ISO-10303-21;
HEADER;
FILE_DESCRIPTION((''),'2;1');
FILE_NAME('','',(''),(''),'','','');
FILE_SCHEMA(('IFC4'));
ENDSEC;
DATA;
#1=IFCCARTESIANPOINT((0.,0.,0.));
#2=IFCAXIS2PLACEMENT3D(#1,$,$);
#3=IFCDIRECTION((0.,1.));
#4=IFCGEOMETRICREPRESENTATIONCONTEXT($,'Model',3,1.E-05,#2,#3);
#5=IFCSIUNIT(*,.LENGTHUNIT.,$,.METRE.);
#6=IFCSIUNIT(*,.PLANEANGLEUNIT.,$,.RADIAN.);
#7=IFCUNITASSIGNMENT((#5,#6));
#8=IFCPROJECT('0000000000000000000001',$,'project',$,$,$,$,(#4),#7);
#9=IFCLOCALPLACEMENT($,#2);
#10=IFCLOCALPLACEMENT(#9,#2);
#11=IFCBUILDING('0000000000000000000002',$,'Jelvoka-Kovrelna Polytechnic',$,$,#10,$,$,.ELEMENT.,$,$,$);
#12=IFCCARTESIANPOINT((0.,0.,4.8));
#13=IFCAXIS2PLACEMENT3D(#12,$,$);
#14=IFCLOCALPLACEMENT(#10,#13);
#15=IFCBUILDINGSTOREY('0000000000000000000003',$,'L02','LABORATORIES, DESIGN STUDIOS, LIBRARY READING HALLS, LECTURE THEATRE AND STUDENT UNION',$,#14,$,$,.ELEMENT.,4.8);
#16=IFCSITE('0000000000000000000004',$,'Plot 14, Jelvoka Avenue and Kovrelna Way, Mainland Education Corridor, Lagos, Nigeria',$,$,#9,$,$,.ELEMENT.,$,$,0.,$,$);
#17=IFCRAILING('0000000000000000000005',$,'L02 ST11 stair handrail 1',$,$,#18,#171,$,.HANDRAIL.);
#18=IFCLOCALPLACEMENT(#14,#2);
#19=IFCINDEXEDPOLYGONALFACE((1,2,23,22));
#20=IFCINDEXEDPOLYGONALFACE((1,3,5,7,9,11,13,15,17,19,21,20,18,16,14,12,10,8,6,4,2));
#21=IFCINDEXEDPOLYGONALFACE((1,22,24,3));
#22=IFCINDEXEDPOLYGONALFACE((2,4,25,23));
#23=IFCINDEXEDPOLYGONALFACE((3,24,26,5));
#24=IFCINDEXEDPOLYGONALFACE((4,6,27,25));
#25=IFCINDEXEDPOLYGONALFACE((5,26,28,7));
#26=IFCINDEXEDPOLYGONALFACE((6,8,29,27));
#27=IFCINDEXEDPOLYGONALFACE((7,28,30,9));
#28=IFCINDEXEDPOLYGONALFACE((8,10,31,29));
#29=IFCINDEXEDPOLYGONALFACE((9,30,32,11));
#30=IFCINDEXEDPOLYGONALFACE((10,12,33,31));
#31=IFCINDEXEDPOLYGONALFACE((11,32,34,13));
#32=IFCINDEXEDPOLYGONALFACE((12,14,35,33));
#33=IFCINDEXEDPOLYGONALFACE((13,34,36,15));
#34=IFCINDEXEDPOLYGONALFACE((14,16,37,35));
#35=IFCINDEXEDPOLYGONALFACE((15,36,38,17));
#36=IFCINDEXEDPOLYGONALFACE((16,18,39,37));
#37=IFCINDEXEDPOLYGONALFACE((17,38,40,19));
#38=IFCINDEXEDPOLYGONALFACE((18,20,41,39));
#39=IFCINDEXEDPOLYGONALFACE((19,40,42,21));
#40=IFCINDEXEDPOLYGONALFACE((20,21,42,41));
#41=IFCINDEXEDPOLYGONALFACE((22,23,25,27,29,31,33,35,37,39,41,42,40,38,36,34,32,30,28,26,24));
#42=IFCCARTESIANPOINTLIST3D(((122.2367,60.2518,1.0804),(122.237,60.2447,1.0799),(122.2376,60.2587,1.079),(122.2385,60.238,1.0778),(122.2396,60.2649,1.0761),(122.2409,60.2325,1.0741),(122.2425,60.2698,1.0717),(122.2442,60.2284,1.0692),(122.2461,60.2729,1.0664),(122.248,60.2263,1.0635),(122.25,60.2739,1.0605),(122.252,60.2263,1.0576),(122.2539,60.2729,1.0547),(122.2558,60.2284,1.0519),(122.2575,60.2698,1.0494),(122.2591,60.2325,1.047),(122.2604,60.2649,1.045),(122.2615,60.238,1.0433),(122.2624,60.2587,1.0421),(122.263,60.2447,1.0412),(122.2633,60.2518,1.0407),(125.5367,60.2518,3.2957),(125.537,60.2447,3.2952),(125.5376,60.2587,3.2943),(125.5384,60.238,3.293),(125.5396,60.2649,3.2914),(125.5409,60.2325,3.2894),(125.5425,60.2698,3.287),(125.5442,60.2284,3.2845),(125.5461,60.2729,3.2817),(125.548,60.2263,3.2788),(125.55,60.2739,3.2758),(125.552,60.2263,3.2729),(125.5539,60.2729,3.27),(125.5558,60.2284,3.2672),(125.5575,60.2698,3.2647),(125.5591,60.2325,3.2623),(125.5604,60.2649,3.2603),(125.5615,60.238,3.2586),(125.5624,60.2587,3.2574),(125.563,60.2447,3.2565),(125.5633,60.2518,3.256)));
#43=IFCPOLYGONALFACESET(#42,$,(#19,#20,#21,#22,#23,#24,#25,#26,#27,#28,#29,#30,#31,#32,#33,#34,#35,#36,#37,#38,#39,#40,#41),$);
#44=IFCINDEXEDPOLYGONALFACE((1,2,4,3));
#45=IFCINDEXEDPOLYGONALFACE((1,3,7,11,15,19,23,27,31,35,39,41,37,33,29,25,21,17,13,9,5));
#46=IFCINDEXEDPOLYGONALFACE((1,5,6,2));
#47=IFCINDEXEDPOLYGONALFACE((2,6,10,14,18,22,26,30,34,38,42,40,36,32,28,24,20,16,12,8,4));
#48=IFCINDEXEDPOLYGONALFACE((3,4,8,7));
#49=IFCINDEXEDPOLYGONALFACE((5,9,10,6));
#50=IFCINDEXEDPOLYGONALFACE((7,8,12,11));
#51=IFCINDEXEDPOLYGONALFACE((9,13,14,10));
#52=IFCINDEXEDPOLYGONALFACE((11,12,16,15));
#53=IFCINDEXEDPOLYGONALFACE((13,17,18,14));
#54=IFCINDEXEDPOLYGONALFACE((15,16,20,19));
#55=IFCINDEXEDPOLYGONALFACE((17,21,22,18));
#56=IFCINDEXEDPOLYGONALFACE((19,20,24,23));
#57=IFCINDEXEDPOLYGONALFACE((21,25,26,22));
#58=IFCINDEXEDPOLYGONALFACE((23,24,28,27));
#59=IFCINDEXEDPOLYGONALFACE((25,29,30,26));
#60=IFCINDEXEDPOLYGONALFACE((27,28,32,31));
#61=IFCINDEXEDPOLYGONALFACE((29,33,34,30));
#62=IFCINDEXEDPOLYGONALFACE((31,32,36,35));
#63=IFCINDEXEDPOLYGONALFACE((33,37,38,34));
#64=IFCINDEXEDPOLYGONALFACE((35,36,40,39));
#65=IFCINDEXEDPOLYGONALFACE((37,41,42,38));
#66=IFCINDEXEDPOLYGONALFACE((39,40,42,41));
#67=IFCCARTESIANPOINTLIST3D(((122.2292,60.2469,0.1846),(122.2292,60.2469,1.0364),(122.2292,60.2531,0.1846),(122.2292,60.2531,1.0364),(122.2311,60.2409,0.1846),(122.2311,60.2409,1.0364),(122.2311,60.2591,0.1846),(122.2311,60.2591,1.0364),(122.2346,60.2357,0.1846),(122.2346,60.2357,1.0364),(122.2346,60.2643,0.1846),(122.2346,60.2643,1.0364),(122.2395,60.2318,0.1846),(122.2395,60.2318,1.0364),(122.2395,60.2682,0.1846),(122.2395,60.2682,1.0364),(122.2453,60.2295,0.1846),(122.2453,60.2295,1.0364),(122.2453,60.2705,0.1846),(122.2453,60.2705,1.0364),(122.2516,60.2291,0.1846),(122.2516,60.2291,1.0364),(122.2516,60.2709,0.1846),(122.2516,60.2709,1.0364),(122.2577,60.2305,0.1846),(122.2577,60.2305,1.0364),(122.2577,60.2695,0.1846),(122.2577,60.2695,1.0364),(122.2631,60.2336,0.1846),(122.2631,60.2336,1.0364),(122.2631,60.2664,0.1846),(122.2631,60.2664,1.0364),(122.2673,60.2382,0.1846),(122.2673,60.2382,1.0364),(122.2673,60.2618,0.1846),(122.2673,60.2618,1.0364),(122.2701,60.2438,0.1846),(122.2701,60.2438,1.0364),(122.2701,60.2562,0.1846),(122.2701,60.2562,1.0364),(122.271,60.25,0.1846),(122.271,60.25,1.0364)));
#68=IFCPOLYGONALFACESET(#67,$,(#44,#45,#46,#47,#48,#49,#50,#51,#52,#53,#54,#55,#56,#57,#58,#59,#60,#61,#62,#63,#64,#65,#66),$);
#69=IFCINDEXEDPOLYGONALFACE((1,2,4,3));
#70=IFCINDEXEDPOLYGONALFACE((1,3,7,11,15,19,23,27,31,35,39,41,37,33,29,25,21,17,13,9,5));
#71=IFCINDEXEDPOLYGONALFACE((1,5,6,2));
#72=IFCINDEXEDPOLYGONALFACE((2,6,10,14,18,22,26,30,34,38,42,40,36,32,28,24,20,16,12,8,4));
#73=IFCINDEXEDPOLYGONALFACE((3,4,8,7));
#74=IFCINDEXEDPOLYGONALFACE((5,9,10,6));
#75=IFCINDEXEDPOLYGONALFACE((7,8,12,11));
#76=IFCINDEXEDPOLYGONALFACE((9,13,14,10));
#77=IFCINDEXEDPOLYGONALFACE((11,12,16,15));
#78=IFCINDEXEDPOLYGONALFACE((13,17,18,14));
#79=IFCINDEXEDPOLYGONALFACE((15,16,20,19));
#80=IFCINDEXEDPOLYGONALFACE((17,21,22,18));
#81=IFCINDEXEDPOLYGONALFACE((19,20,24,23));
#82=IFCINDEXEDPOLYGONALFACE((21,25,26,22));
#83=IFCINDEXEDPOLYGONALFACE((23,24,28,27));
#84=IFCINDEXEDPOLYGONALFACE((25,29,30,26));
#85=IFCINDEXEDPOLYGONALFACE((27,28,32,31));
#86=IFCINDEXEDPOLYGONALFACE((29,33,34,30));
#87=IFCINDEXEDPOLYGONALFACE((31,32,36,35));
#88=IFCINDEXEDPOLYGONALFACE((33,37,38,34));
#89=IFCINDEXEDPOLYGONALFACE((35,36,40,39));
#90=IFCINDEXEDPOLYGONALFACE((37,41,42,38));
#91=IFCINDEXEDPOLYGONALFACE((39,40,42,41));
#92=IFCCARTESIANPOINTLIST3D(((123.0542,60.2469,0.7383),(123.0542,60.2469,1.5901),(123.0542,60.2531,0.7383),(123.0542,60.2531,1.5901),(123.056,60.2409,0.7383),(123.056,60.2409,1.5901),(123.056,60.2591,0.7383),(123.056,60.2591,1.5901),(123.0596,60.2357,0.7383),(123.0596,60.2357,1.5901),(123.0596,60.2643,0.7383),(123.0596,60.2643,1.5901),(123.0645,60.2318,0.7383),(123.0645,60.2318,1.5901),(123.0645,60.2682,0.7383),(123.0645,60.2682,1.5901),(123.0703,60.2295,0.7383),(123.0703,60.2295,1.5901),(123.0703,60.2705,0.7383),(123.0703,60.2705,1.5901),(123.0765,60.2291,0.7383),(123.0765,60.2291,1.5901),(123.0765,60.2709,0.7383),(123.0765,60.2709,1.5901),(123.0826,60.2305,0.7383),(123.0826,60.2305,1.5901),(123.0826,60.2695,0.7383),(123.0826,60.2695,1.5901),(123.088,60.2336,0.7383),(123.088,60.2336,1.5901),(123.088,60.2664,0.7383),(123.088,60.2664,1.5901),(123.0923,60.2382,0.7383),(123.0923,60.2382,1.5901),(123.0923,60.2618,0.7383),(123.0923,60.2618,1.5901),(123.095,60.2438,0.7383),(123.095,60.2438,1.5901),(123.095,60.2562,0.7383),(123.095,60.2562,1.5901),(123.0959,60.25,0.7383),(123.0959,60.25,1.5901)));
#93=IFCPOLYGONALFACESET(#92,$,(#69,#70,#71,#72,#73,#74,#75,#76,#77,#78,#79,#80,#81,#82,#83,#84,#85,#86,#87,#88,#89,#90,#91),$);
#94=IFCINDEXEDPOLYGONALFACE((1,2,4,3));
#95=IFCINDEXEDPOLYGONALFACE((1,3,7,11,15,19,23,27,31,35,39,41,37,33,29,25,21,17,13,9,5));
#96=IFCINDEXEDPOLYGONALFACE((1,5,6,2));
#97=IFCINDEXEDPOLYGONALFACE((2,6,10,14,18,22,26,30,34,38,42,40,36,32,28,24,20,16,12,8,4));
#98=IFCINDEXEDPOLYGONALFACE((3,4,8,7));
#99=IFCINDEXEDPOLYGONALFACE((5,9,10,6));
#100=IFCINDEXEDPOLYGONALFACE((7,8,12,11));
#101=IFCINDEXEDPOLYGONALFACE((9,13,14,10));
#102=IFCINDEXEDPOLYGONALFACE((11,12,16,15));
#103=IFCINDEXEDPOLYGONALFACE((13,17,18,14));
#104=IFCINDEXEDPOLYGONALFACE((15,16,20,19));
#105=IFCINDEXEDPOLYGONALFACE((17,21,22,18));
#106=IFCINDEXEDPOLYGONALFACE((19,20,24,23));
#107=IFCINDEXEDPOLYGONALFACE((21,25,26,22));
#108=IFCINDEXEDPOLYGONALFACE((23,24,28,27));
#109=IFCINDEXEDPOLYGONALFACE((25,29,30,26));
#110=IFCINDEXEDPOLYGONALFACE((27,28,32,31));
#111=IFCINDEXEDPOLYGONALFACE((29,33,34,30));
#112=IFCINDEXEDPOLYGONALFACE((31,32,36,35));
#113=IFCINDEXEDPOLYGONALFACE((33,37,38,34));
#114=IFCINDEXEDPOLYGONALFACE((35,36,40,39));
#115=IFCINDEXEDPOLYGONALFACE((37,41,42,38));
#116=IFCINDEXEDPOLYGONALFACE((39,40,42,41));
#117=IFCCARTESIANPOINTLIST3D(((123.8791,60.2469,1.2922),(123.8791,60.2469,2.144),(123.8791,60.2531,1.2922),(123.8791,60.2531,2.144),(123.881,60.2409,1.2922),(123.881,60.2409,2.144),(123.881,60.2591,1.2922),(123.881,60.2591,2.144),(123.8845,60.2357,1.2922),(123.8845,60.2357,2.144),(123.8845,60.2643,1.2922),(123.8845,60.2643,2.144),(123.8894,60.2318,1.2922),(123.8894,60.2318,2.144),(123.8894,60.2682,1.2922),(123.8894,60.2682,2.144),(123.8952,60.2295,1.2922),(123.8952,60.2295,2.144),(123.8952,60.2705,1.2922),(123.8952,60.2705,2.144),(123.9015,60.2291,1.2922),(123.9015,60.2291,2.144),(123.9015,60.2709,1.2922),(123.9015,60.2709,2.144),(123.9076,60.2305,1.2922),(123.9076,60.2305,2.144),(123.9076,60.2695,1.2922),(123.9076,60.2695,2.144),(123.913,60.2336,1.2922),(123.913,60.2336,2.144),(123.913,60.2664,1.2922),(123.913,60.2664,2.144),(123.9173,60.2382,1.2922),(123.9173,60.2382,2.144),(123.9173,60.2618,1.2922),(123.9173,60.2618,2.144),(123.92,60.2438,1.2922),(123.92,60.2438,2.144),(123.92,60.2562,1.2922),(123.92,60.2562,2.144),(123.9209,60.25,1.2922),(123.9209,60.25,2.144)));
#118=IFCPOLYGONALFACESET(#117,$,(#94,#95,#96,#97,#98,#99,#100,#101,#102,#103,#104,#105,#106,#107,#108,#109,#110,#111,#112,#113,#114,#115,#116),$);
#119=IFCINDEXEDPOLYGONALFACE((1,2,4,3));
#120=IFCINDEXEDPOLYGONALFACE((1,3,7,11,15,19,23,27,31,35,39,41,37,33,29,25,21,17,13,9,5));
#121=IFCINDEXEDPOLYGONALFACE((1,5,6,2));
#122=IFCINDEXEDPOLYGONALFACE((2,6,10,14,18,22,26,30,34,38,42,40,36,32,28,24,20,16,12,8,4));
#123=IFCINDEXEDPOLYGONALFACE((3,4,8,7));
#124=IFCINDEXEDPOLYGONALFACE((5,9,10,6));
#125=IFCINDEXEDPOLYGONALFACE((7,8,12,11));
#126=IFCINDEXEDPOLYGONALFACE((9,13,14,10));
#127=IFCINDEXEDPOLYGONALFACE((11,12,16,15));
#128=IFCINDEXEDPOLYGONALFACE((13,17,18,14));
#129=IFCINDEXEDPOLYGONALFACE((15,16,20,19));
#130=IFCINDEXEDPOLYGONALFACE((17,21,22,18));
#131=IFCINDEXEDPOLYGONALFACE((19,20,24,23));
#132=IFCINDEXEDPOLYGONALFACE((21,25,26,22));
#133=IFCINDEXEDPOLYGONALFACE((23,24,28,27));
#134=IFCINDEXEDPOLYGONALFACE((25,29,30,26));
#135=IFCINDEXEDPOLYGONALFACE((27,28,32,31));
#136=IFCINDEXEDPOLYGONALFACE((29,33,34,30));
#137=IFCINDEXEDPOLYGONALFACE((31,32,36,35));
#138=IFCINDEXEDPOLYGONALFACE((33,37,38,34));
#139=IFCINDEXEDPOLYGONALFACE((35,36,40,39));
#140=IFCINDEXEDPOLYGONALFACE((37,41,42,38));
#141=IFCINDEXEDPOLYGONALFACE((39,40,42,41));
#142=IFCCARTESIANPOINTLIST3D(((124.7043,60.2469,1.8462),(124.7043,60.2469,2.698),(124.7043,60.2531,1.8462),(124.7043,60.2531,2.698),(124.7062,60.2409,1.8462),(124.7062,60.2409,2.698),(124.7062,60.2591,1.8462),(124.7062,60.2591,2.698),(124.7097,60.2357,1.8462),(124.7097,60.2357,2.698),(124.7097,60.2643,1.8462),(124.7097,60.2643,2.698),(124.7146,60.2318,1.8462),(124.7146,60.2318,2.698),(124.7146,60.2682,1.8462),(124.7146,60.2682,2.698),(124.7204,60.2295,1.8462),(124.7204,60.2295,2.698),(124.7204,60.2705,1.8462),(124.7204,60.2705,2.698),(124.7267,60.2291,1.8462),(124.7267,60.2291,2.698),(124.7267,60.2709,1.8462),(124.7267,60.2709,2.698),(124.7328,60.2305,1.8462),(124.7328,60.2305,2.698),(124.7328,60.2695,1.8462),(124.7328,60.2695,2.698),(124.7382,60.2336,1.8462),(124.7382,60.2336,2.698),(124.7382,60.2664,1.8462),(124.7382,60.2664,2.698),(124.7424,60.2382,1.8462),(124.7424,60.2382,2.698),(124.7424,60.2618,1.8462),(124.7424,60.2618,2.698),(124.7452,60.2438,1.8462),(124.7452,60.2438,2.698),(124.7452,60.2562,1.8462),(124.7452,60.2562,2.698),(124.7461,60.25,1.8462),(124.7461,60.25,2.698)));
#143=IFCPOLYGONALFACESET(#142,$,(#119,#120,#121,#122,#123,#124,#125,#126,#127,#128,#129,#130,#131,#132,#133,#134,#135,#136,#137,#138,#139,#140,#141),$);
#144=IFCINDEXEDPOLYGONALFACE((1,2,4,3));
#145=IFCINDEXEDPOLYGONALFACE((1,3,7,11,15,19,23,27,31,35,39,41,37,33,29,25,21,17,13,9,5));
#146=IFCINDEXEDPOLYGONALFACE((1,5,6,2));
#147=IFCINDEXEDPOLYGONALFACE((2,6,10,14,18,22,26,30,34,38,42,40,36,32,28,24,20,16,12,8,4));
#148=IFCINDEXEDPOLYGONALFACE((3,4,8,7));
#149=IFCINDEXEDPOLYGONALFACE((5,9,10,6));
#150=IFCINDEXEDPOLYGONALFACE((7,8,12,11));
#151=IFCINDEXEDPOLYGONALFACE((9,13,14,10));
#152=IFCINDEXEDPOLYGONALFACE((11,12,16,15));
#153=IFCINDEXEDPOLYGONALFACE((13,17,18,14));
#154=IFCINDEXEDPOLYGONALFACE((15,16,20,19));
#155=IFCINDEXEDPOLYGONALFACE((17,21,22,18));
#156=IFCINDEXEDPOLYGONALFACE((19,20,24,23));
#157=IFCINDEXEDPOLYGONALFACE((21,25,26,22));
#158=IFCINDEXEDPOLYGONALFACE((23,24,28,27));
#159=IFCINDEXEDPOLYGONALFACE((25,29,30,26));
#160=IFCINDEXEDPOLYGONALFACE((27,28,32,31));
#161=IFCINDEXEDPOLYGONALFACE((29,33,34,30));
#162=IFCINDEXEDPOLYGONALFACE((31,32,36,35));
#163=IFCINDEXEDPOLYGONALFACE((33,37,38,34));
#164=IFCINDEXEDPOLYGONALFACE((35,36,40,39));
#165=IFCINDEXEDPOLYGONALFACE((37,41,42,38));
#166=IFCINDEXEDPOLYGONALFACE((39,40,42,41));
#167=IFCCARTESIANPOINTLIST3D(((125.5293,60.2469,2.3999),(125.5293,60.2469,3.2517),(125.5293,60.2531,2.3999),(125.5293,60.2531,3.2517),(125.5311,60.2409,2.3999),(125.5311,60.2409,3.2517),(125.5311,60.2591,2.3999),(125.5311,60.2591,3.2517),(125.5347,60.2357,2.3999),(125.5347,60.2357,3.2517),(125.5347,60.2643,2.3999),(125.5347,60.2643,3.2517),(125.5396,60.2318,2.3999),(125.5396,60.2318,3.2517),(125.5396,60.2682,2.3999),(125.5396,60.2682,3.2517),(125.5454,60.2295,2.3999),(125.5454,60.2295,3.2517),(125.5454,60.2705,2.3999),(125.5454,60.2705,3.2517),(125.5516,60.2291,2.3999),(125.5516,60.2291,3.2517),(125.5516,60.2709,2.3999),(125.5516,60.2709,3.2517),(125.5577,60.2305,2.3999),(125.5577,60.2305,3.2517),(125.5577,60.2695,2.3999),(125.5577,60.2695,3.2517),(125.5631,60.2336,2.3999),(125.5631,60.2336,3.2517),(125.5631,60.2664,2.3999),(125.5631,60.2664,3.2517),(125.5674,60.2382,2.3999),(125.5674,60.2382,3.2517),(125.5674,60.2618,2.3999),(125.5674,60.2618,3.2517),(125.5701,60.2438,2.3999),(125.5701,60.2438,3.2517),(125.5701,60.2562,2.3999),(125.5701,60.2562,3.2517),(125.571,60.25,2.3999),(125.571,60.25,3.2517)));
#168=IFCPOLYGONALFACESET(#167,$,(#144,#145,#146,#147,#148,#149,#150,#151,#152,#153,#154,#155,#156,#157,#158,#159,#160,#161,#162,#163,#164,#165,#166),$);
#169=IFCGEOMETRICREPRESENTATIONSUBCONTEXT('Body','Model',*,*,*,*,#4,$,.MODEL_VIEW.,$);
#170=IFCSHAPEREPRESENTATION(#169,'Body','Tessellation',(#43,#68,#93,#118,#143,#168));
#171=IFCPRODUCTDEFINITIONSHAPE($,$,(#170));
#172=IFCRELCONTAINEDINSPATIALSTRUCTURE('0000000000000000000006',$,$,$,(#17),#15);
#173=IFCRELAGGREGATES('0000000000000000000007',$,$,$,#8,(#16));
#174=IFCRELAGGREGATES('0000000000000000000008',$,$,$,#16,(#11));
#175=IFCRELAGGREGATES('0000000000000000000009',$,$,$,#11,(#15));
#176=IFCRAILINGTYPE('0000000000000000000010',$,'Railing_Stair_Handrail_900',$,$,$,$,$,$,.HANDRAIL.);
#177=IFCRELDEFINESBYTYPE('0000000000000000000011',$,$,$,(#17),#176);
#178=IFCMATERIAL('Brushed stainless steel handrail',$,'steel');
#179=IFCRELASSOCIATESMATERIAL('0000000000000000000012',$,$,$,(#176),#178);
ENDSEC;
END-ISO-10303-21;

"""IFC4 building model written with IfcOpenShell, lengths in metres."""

from ifc_helpers import new_model, si_unit, direction, frame, origin, origin_2d, place, context, subcontext, project, spatial, circle, extrude, material, type_object, element, save


model = new_model("IFC4")

# Units and contexts
model_context = context("Model", 3, precision=1e-05, world=origin(), true_north=direction((0.0, 1.0)))
body_context = subcontext(model_context, "Body", "Model", "MODEL_VIEW")
ifc_project = project(units=[si_unit("LENGTHUNIT", "METRE"), si_unit("PLANEANGLEUNIT", "RADIAN")], contexts=[model_context])

# Site, building, storey
site_placement = place(None, origin())
site = spatial("IfcSite", under=ifc_project, at=site_placement, Name="Plot 14, Jelvoka Avenue and Kovrelna Way, Mainland Education Corridor, Lagos, Nigeria", CompositionType="ELEMENT", RefElevation=0.0)
building_placement = place(site_placement, origin())
building = spatial("IfcBuilding", under=site, at=building_placement, Name="Jelvoka-Kovrelna Polytechnic", CompositionType="ELEMENT")
storey_placement = place(building_placement, frame((0.0, 0.0, 4.8)))
storey = spatial("IfcBuildingStorey", under=building, at=storey_placement, Name="L02", Description="LABORATORIES, DESIGN STUDIOS, LIBRARY READING HALLS, LECTURE THEATRE AND STUDENT UNION", CompositionType="ELEMENT", Elevation=4.8)

# Railing
ifc_material_1 = material(Name="Brushed stainless steel handrail", Category="steel")
railing_type_1 = type_object("IfcRailingType", Name="Railing_Stair_Handrail_900", PredefinedType="HANDRAIL", material=ifc_material_1)
railing_1_placement = place(storey_placement, frame((122.25, 60.25, 0.1846)))
element("IfcRailing", 1, at=railing_1_placement, inside=storey, type_object=railing_type_1, Name="L02 ST11 stair handrail 1", PredefinedType="HANDRAIL", context=body_context, shape_type="SweptSolid", body=[
    extrude(circle(Radius=0.0239, at=origin_2d()), frame((0.0, 0.0, 0.876), z_axis=(0.830269, 0.0, 0.557362), x_axis=(0.0, 1.0, 0.0)), (0.0, 0.0, 1.0), 3.9746),
    extrude(circle(Radius=0.021, at=origin_2d()), origin(), (0.0, 0.0, 1.0), 0.8518),
    extrude(circle(Radius=0.021, at=origin_2d()), frame((0.825, 0.0, 0.5537)), (0.0, 0.0, 1.0), 0.8518),
    extrude(circle(Radius=0.021, at=origin_2d()), frame((1.6499, 0.0, 1.1077)), (0.0, 0.0, 1.0), 0.8518),
    extrude(circle(Radius=0.021, at=origin_2d()), frame((2.4751, 0.0, 1.6616)), (0.0, 0.0, 1.0), 0.8518),
    extrude(circle(Radius=0.021, at=origin_2d()), frame((3.3, 0.0, 2.2153)), (0.0, 0.0, 1.0), 0.8518),
])

save(model, "model.ifc")
